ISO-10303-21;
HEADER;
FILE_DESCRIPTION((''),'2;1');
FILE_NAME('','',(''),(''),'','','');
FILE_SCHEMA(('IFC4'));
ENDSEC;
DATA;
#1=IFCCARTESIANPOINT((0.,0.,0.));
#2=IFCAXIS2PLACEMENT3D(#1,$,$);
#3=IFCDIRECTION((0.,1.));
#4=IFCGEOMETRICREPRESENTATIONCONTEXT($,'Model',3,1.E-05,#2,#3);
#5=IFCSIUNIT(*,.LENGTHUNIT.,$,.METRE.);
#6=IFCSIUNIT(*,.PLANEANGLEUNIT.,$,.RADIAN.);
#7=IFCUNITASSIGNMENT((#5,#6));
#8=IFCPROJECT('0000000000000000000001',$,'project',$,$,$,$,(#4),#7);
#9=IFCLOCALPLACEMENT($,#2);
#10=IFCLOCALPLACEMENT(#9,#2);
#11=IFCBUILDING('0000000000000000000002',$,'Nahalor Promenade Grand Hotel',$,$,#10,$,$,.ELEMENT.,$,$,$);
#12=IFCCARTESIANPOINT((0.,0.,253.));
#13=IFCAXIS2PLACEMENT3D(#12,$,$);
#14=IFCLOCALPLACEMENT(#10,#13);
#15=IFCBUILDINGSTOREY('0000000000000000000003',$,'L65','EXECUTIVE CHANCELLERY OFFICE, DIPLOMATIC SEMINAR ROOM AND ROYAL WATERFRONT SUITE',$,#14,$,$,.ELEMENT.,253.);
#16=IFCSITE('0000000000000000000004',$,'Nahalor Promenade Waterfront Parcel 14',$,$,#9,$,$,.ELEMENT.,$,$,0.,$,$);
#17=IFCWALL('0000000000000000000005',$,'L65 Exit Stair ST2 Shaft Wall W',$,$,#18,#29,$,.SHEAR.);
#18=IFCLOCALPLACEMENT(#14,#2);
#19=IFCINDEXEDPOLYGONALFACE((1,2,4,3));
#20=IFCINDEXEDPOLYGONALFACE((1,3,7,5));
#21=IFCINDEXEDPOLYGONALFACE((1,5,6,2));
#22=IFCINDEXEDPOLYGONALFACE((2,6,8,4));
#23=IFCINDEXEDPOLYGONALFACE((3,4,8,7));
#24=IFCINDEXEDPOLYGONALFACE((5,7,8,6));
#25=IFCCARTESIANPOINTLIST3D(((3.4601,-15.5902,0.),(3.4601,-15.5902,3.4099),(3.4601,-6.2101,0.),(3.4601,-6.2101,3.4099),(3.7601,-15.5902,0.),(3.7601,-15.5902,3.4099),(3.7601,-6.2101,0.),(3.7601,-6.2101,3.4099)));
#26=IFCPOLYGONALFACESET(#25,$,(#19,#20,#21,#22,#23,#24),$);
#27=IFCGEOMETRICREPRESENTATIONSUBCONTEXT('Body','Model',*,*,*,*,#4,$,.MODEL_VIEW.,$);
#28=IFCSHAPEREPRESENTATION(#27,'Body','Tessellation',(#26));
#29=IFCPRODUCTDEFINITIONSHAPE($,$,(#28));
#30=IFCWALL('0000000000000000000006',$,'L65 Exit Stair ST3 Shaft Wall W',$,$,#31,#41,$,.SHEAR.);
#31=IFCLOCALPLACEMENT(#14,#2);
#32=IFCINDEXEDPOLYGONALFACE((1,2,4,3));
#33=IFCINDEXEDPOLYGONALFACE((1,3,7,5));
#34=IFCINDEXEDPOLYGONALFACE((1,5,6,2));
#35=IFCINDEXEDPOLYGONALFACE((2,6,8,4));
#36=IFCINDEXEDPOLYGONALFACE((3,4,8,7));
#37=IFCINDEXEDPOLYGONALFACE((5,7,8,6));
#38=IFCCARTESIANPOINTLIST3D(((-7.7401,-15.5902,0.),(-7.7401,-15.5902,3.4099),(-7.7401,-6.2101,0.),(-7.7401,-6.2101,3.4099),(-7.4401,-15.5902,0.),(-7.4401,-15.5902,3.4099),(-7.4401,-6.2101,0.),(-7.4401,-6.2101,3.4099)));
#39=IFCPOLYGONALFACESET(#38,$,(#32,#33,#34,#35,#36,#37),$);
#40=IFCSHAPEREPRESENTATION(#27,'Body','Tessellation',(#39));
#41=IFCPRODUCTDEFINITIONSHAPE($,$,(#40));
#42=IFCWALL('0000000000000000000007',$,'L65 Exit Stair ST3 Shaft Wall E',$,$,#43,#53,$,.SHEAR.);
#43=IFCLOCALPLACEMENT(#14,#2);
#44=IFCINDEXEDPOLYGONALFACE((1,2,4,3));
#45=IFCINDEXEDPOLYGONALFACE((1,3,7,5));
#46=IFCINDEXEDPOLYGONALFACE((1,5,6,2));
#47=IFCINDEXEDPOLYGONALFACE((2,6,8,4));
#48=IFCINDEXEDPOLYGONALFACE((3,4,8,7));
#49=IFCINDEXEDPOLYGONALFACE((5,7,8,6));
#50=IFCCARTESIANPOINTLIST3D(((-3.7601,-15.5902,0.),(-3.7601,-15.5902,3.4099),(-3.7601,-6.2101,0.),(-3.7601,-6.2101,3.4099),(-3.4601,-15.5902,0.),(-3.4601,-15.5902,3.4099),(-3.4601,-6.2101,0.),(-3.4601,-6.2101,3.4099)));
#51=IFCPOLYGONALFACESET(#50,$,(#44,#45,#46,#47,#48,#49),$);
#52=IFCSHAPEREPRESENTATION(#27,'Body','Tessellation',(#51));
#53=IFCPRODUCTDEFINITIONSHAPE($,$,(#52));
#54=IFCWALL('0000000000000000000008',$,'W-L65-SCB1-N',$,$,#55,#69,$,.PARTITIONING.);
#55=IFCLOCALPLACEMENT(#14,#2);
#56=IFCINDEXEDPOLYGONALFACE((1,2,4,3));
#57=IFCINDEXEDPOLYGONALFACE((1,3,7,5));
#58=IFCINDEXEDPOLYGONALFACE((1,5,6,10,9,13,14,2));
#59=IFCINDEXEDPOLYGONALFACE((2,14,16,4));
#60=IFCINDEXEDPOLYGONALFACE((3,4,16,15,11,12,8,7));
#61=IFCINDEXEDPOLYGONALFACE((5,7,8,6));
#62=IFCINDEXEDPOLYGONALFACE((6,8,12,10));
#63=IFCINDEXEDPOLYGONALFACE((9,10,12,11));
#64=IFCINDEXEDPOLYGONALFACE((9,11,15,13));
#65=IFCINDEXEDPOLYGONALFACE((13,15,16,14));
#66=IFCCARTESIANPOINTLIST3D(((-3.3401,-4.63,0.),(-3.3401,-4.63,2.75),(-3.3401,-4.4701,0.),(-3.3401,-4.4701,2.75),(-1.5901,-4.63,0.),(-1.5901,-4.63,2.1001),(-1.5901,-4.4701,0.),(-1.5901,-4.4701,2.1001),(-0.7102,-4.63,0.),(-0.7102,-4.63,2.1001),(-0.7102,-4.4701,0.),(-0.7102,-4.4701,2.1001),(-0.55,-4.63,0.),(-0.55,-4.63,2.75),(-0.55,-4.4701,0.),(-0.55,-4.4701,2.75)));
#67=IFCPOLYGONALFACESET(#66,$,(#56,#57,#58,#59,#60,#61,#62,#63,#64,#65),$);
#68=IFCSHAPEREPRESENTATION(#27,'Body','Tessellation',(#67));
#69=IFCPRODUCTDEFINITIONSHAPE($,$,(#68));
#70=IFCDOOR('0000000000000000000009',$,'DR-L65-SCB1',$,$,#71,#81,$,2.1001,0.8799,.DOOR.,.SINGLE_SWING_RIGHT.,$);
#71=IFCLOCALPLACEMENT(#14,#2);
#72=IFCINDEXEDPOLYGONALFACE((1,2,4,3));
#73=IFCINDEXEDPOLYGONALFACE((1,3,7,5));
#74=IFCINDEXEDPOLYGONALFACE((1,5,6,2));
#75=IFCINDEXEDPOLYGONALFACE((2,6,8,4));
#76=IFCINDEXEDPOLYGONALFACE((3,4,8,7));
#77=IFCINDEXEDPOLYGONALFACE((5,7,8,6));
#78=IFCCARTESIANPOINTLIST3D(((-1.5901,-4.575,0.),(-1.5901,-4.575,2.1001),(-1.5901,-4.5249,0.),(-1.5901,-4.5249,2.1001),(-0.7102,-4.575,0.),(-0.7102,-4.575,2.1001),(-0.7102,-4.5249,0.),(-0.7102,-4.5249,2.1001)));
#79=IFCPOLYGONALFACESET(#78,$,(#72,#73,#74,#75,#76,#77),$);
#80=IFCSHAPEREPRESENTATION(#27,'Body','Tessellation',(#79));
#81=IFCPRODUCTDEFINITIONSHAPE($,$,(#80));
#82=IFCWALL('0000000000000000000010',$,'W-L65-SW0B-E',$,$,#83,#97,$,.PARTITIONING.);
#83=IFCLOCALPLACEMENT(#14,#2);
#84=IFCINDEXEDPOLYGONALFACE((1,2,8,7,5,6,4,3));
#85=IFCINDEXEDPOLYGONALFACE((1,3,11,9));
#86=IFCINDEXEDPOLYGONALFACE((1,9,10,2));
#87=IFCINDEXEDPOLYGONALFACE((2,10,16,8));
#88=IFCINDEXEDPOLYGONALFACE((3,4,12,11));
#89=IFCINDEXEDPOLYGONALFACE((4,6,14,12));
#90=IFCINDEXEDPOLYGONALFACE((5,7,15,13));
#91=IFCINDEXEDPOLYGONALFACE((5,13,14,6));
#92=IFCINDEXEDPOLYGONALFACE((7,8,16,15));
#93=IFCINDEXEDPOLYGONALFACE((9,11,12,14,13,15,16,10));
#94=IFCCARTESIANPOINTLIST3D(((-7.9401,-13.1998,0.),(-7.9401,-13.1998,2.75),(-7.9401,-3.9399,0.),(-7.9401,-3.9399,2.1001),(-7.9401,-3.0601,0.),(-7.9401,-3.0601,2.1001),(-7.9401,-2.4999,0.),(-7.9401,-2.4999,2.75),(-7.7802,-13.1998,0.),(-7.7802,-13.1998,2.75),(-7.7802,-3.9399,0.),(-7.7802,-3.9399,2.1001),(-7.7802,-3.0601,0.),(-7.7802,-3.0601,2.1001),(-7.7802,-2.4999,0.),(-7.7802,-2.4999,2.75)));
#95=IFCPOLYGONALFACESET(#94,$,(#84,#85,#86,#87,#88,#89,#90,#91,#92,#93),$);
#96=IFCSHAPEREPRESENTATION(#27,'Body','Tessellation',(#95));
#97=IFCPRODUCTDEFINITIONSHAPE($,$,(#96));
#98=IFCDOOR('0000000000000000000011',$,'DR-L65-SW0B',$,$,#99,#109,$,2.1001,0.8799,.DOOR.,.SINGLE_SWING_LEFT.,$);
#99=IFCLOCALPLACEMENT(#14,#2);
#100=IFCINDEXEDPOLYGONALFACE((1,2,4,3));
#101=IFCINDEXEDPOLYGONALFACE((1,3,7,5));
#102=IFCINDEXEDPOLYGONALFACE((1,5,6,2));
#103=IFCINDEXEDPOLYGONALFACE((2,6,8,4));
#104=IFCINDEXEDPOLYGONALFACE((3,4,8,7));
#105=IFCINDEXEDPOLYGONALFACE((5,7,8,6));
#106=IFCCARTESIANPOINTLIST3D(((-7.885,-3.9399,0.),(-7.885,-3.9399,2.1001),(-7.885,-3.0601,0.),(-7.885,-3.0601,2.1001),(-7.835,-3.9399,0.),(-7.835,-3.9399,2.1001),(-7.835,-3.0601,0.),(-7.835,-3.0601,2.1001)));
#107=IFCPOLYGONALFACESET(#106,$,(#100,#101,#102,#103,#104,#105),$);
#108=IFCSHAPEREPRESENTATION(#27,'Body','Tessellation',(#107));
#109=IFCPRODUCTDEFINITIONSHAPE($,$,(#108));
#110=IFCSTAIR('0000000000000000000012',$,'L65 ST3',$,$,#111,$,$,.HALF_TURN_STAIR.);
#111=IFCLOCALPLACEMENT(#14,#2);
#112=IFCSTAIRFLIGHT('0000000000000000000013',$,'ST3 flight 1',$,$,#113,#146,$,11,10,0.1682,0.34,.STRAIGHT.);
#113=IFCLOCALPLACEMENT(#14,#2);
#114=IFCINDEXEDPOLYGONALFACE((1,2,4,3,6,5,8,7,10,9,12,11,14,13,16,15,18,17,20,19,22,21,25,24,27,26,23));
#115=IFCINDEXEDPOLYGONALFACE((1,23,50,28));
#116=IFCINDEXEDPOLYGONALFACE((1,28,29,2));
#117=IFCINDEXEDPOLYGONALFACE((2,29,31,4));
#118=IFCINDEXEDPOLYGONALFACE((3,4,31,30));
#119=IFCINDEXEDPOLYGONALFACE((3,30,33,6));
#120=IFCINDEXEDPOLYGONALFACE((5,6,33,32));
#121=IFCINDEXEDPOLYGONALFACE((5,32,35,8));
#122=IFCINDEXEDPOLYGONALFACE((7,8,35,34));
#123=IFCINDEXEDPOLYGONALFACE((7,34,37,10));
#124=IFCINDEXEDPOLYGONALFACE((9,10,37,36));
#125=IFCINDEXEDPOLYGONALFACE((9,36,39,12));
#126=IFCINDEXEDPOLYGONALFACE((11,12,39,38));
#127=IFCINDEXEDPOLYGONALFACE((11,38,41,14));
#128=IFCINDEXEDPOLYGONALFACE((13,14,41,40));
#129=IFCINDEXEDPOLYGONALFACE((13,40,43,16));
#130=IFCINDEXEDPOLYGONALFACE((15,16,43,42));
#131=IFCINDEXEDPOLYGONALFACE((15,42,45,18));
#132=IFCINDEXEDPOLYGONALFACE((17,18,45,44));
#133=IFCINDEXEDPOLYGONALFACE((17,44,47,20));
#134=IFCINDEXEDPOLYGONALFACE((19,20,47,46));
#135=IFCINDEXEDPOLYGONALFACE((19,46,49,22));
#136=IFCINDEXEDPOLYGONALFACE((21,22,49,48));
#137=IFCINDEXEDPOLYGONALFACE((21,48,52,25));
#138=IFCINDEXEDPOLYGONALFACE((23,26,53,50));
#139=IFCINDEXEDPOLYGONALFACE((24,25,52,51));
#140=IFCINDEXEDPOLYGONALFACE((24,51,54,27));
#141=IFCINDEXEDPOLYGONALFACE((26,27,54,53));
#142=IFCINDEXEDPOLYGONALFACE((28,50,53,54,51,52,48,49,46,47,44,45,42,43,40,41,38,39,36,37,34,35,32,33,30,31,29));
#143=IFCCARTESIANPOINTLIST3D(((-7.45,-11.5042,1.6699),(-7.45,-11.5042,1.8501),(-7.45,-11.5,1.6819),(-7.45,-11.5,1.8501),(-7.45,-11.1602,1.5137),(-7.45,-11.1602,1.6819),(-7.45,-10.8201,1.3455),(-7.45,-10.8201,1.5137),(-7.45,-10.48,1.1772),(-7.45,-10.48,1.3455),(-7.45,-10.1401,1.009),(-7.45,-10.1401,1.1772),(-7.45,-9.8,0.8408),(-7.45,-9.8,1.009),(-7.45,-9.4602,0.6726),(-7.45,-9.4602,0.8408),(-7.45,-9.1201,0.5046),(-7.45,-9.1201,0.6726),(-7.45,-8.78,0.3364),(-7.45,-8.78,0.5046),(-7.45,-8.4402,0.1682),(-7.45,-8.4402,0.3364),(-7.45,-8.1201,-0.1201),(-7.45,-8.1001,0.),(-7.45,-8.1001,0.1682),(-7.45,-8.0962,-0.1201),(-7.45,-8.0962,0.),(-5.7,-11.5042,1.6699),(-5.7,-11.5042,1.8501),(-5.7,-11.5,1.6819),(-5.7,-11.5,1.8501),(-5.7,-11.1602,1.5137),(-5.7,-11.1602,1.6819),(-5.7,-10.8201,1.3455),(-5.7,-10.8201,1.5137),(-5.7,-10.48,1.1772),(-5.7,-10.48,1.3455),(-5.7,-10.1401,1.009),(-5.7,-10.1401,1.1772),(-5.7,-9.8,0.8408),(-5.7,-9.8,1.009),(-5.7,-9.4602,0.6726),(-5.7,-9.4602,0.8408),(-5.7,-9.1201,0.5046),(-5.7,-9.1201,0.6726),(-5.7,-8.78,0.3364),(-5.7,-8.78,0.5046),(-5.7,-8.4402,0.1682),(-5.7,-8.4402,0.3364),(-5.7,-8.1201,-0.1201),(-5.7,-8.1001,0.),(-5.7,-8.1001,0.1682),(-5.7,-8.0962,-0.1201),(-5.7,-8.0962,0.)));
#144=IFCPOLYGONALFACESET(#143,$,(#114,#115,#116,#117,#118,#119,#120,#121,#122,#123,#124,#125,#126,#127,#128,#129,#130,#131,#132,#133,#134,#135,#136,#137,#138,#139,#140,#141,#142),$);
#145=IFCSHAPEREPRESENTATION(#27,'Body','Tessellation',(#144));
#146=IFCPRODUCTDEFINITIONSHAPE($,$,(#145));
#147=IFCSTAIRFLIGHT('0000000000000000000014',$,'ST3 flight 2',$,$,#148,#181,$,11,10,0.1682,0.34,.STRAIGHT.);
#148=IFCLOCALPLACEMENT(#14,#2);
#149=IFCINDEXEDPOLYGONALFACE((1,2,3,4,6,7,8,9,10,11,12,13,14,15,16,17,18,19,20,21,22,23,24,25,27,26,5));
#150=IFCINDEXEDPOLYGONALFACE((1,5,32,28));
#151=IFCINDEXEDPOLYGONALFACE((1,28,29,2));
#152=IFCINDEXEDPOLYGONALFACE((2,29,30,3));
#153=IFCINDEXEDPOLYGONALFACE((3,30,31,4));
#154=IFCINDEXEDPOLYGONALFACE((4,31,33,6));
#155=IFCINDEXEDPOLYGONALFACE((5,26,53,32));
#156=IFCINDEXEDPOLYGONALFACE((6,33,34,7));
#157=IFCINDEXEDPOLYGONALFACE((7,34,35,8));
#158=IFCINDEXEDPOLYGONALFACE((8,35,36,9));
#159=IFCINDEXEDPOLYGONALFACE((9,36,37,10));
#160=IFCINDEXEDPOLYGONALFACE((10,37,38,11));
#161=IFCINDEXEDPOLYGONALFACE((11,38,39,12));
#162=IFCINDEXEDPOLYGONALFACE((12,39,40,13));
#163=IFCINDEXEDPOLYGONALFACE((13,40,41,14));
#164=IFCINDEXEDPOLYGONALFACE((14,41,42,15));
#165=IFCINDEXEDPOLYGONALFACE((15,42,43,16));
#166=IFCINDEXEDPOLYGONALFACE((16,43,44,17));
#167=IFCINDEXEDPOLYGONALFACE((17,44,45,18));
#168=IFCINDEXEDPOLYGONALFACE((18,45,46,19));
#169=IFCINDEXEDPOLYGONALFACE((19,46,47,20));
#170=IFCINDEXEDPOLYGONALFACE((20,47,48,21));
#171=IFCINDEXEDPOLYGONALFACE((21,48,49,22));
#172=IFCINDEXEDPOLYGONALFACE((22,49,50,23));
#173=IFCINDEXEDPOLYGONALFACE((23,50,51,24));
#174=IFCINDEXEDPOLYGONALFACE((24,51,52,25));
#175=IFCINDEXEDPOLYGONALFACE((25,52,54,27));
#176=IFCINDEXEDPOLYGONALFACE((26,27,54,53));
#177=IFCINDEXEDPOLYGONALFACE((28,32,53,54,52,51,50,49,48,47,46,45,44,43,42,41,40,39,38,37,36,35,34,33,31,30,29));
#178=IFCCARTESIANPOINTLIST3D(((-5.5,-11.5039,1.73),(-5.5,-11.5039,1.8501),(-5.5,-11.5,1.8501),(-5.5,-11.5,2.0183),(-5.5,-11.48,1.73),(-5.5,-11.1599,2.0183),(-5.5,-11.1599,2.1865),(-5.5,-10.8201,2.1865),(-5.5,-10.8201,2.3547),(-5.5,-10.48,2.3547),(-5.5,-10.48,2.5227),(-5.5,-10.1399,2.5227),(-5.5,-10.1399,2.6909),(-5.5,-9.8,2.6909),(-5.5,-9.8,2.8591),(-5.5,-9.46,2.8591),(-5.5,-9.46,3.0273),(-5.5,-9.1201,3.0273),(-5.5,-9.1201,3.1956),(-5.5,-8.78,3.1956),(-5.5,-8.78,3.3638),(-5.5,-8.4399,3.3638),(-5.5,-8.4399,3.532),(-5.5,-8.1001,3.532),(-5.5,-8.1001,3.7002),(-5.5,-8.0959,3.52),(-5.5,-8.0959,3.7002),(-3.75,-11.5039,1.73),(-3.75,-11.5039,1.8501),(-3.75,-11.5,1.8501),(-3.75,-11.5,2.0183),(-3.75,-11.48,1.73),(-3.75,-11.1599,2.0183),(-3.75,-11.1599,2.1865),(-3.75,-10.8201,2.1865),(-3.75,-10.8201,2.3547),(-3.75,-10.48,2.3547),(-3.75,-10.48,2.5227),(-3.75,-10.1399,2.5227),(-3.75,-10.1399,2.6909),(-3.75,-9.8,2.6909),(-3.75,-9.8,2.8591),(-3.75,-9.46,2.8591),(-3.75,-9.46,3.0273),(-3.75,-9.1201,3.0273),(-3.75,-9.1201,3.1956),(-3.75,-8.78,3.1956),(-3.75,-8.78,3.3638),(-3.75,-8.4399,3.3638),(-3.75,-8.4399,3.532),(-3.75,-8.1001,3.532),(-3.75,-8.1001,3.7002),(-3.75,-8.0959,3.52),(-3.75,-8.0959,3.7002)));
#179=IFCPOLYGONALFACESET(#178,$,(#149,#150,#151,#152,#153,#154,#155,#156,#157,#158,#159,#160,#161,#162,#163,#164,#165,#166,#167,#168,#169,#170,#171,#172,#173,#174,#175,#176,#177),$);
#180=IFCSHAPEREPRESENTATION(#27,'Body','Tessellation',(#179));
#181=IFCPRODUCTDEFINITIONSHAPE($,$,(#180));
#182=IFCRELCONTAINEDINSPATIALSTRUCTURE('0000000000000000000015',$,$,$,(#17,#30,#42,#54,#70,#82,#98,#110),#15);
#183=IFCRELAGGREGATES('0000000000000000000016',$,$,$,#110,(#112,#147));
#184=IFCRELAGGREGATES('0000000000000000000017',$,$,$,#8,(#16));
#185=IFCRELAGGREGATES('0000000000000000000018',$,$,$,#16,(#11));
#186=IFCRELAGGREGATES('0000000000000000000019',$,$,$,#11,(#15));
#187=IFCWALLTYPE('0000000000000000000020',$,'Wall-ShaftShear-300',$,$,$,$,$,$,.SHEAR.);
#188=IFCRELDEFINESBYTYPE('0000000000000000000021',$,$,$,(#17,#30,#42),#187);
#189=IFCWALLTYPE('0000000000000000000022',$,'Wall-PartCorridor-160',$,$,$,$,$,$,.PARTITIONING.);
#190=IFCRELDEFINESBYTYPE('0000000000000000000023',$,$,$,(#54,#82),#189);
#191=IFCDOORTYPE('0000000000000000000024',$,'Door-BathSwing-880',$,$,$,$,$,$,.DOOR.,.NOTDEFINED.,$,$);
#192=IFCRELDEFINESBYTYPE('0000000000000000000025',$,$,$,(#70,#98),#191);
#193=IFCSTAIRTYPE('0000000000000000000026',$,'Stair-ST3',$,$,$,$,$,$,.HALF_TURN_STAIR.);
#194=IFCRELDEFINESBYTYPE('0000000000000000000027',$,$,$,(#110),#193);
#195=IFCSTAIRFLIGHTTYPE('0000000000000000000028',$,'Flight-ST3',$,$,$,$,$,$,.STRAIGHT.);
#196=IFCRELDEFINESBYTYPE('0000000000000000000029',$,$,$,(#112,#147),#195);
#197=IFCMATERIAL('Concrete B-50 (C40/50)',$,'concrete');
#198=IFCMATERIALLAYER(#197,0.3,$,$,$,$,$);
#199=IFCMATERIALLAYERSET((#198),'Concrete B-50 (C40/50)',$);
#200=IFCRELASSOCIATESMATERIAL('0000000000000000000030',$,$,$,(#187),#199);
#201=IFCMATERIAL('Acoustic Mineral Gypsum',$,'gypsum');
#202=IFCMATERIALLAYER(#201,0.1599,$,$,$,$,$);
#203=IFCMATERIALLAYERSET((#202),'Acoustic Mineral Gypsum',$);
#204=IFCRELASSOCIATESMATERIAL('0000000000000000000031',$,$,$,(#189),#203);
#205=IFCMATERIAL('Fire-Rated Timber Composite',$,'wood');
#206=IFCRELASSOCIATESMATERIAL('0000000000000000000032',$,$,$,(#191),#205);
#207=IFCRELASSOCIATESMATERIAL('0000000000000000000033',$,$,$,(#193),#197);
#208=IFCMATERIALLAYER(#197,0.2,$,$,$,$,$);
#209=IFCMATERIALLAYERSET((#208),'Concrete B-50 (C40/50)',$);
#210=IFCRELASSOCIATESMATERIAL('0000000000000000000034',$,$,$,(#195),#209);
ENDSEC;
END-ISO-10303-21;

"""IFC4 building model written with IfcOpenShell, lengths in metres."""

from ifc_helpers import new_model, si_unit, direction, frame, frame_2d, origin, place, context, subcontext, project, spatial, polyline, rectangle, outline, extrude, source, transform, mapped, material, layer, layer_set, type_object, element, fill, aggregate, save


model = new_model("IFC4")

# Units and contexts
model_context = context("Model", 3, precision=1e-05, world=origin(), true_north=direction((0.0, 1.0)))
body_context = subcontext(model_context, "Body", "Model", "MODEL_VIEW")
ifc_project = project(units=[si_unit("LENGTHUNIT", "METRE"), si_unit("PLANEANGLEUNIT", "RADIAN")], contexts=[model_context])

# Site, building, storey
site_placement = place(None, origin())
site = spatial("IfcSite", under=ifc_project, at=site_placement, Name="Nahalor Promenade Waterfront Parcel 14", CompositionType="ELEMENT", RefElevation=0.0)
building_placement = place(site_placement, origin())
building = spatial("IfcBuilding", under=site, at=building_placement, Name="Nahalor Promenade Grand Hotel", CompositionType="ELEMENT")
storey_placement = place(building_placement, frame((0.0, 0.0, 253.0)))
storey = spatial("IfcBuildingStorey", under=building, at=storey_placement, Name="L65", Description="EXECUTIVE CHANCELLERY OFFICE, DIPLOMATIC SEMINAR ROOM AND ROYAL WATERFRONT SUITE", CompositionType="ELEMENT", Elevation=253.0)

# Shared definitions
ifc_material_1 = material(Name="Concrete B-50 (C40/50)", Category="concrete")
ifc_layer_1 = layer(ifc_material_1, 0.3)
ifc_layer_set_1 = layer_set([ifc_layer_1], Name="Concrete B-50 (C40/50)")
wall_type_1 = type_object("IfcWallType", Name="Wall-ShaftShear-300", PredefinedType="SHEAR", material=ifc_layer_set_1)

# Walls
shared_shape_1 = source(origin(), body_context, "Body", "SweptSolid", [
    extrude(rectangle(XDim=9.3801, YDim=0.3, at=frame_2d((4.6899, 0.0))), origin(), (0.0, 0.0, 1.0), 3.4099),
])
for number, where, z_axis, x_axis, name in (
    (1, (3.6101, -15.5901, 0.0), (0.0, 0.0, 1.0), (0.0, 1.0, 0.0), "L65 Exit Stair ST2 Shaft Wall W"),
    (2, (-7.5901, -15.5901, 0.0), (0.0, 0.0, 1.0), (0.0, 1.0, 0.0), "L65 Exit Stair ST3 Shaft Wall W"),
    (3, (-3.6101, -15.5901, 0.0), (0.0, 0.0, 1.0), (0.0, 1.0, 0.0), "L65 Exit Stair ST3 Shaft Wall E"),
):
    element("IfcWall", number, at=place(storey_placement, frame(where, z_axis=z_axis, x_axis=x_axis)), inside=storey, type_object=wall_type_1, Name=name, PredefinedType="SHEAR", context=body_context, shape_type="MappedRepresentation", body=[
        mapped(shared_shape_1, transform((0.0, 0.0, 0.0), scale=1.0)),
    ])

# Walls, openings, doors
ifc_material_2 = material(Name="Acoustic Mineral Gypsum", Category="gypsum")
ifc_layer_2 = layer(ifc_material_2, 0.1599)
ifc_layer_set_2 = layer_set([ifc_layer_2], Name="Acoustic Mineral Gypsum")
wall_type_2 = type_object("IfcWallType", Name="Wall-PartCorridor-160", PredefinedType="PARTITIONING", material=ifc_layer_set_2)
shared_shape_2 = source(origin(), body_context, "Body", "SweptSolid", [
    extrude(rectangle(XDim=2.79, YDim=0.1599, at=frame_2d((1.395, 0.0))), origin(), (0.0, 0.0, 1.0), 2.75),
])
wall_1_placement = place(storey_placement, frame((-3.3401, -4.55, 0.0), z_axis=(0.0, 0.0, 1.0), x_axis=(1.0, 0.0, 0.0)))
wall_1 = element("IfcWall", 4, at=wall_1_placement, inside=storey, type_object=wall_type_2, Name="W-L65-SCB1-N", PredefinedType="PARTITIONING", context=body_context, shape_type="MappedRepresentation", body=[
    mapped(shared_shape_2, transform((0.0, 0.0, 0.0), scale=1.0)),
])
opening_1_placement = place(wall_1_placement, frame((1.75, 0.0, 0.0)))
opening_1 = element("IfcOpeningElement", 5, at=opening_1_placement, cuts=wall_1, PredefinedType="OPENING", context=body_context, shape_type="SweptSolid", body=[
    extrude(rectangle(XDim=0.8799, YDim=2.1001, at=frame_2d((0.4399, 1.05))), frame((0.0, 0.0898, 0.0), z_axis=(0.0, -1.0, 0.0), x_axis=(1.0, 0.0, 0.0)), (0.0, 0.0, 1.0), 0.1799),
])
ifc_material_3 = material(Name="Fire-Rated Timber Composite", Category="wood")
door_type_1 = type_object("IfcDoorType", Name="Door-BathSwing-880", OperationType="NOTDEFINED", PredefinedType="DOOR", material=ifc_material_3)
shared_shape_3 = source(origin(), body_context, "Body", "SweptSolid", [
    extrude(rectangle(XDim=0.8799, YDim=2.1001, at=frame_2d((0.4399, 1.05))), frame((0.0, 0.0249, 0.0), z_axis=(0.0, -1.0, 0.0), x_axis=(1.0, 0.0, 0.0)), (0.0, 0.0, 1.0), 0.05),
])
door_1_placement = place(opening_1_placement, frame((0.8799, 0.0, 0.0), z_axis=(0.0, 0.0, 1.0), x_axis=(-1.0, 0.0, 0.0)))
door_1 = element("IfcDoor", 6, at=door_1_placement, inside=storey, type_object=door_type_1, Name="DR-L65-SCB1", OperationType="SINGLE_SWING_RIGHT", OverallHeight=2.1001, OverallWidth=0.8799, PredefinedType="DOOR", context=body_context, shape_type="MappedRepresentation", body=[
    mapped(shared_shape_3, transform((0.0, 0.0, 0.0), scale=1.0)),
])
fill(opening_1, door_1)
shared_shape_4 = source(origin(), body_context, "Body", "SweptSolid", [
    extrude(rectangle(XDim=10.7, YDim=0.1599, at=frame_2d((5.3501, 0.0))), origin(), (0.0, 0.0, 1.0), 2.75),
])
wall_2_placement = place(storey_placement, frame((-7.8601, -13.2, 0.0), z_axis=(0.0, 0.0, 1.0), x_axis=(0.0, 1.0, 0.0)))
wall_2 = element("IfcWall", 7, at=wall_2_placement, inside=storey, type_object=wall_type_2, Name="W-L65-SW0B-E", PredefinedType="PARTITIONING", context=body_context, shape_type="MappedRepresentation", body=[
    mapped(shared_shape_4, transform((0.0, 0.0, 0.0), scale=1.0)),
])
opening_2_placement = place(wall_2_placement, frame((9.26, 0.0, 0.0)))
opening_2 = element("IfcOpeningElement", 8, at=opening_2_placement, cuts=wall_2, PredefinedType="OPENING", context=body_context, shape_type="SweptSolid", body=[
    extrude(rectangle(XDim=0.8799, YDim=2.1001, at=frame_2d((0.4399, 1.05))), frame((0.0, 0.0898, 0.0), z_axis=(0.0, -1.0, 0.0), x_axis=(1.0, 0.0, 0.0)), (0.0, 0.0, 1.0), 0.1799),
])
door_2_placement = place(opening_2_placement, origin())
door_2 = element("IfcDoor", 9, at=door_2_placement, inside=storey, type_object=door_type_1, Name="DR-L65-SW0B", OperationType="SINGLE_SWING_LEFT", OverallHeight=2.1001, OverallWidth=0.8799, PredefinedType="DOOR", context=body_context, shape_type="MappedRepresentation", body=[
    mapped(shared_shape_3, transform((0.0, 0.0, 0.0), scale=1.0)),
])
fill(opening_2, door_2)

# Stair, stair flights
stair_type = type_object("IfcStairType", Name="Stair-ST3", PredefinedType="HALF_TURN_STAIR", material=ifc_material_1)
stair_placement = place(storey_placement, origin())
stair = element("IfcStair", 10, at=stair_placement, inside=storey, type_object=stair_type, Name="L65 ST3", PredefinedType="HALF_TURN_STAIR")
ifc_layer_3 = layer(ifc_material_1, 0.2)
ifc_layer_set_3 = layer_set([ifc_layer_3], Name="Concrete B-50 (C40/50)")
stair_flight_type = type_object("IfcStairFlightType", Name="Flight-ST3", PredefinedType="STRAIGHT", material=ifc_layer_set_3)
shared_shape_5 = source(origin(), body_context, "Body", "SweptSolid", [
    extrude(outline(polyline([(-0.0039, -0.1201), (-0.0039, 0.0), (0.0, 0.0), (0.0, 0.1682), (0.3401, 0.1682), (0.3401, 0.3364), (0.6799, 0.3364), (0.6799, 0.5046), (1.02, 0.5046), (1.02, 0.6726), (1.3601, 0.6726), (1.3601, 0.8408), (1.7, 0.8408), (1.7, 1.009), (2.04, 1.009), (2.04, 1.1772), (2.3799, 1.1772), (2.3799, 1.3455), (2.72, 1.3455), (2.72, 1.5137), (3.0601, 1.5137), (3.0601, 1.6819), (3.3999, 1.6819), (3.3999, 1.8501), (3.4041, 1.8501), (3.4041, 1.6699), (0.02, -0.1201), (-0.0039, -0.1201)])), frame((0.0, 0.875, 0.0), z_axis=(0.0, -1.0, 0.0), x_axis=(1.0, 0.0, 0.0)), (0.0, 0.0, 1.0), 1.75),
])
stair_flight_1_placement = place(storey_placement, frame((-6.575, -8.1001, 0.0), z_axis=(0.0, 0.0, 1.0), x_axis=(0.0, -1.0, 0.0)))
stair_flight_1 = element("IfcStairFlight", 11, at=stair_flight_1_placement, type_object=stair_flight_type, Name="ST3 flight 1", NumberOfRisers=11, NumberOfTreads=10, PredefinedType="STRAIGHT", RiserHeight=0.1682, TreadLength=0.34, context=body_context, shape_type="MappedRepresentation", body=[
    mapped(shared_shape_5, transform((0.0, 0.0, 0.0), scale=1.0)),
])
stair_flight_2_placement = place(storey_placement, frame((-4.625, -11.5, 1.8501), z_axis=(0.0, 0.0, 1.0), x_axis=(0.0, 1.0, 0.0)))
stair_flight_2 = element("IfcStairFlight", 12, at=stair_flight_2_placement, type_object=stair_flight_type, Name="ST3 flight 2", NumberOfRisers=11, NumberOfTreads=10, PredefinedType="STRAIGHT", RiserHeight=0.1682, TreadLength=0.34, context=body_context, shape_type="MappedRepresentation", body=[
    mapped(shared_shape_5, transform((0.0, 0.0, 0.0), scale=1.0)),
])
aggregate(stair, [stair_flight_1, stair_flight_2])

save(model, "model.ifc")
